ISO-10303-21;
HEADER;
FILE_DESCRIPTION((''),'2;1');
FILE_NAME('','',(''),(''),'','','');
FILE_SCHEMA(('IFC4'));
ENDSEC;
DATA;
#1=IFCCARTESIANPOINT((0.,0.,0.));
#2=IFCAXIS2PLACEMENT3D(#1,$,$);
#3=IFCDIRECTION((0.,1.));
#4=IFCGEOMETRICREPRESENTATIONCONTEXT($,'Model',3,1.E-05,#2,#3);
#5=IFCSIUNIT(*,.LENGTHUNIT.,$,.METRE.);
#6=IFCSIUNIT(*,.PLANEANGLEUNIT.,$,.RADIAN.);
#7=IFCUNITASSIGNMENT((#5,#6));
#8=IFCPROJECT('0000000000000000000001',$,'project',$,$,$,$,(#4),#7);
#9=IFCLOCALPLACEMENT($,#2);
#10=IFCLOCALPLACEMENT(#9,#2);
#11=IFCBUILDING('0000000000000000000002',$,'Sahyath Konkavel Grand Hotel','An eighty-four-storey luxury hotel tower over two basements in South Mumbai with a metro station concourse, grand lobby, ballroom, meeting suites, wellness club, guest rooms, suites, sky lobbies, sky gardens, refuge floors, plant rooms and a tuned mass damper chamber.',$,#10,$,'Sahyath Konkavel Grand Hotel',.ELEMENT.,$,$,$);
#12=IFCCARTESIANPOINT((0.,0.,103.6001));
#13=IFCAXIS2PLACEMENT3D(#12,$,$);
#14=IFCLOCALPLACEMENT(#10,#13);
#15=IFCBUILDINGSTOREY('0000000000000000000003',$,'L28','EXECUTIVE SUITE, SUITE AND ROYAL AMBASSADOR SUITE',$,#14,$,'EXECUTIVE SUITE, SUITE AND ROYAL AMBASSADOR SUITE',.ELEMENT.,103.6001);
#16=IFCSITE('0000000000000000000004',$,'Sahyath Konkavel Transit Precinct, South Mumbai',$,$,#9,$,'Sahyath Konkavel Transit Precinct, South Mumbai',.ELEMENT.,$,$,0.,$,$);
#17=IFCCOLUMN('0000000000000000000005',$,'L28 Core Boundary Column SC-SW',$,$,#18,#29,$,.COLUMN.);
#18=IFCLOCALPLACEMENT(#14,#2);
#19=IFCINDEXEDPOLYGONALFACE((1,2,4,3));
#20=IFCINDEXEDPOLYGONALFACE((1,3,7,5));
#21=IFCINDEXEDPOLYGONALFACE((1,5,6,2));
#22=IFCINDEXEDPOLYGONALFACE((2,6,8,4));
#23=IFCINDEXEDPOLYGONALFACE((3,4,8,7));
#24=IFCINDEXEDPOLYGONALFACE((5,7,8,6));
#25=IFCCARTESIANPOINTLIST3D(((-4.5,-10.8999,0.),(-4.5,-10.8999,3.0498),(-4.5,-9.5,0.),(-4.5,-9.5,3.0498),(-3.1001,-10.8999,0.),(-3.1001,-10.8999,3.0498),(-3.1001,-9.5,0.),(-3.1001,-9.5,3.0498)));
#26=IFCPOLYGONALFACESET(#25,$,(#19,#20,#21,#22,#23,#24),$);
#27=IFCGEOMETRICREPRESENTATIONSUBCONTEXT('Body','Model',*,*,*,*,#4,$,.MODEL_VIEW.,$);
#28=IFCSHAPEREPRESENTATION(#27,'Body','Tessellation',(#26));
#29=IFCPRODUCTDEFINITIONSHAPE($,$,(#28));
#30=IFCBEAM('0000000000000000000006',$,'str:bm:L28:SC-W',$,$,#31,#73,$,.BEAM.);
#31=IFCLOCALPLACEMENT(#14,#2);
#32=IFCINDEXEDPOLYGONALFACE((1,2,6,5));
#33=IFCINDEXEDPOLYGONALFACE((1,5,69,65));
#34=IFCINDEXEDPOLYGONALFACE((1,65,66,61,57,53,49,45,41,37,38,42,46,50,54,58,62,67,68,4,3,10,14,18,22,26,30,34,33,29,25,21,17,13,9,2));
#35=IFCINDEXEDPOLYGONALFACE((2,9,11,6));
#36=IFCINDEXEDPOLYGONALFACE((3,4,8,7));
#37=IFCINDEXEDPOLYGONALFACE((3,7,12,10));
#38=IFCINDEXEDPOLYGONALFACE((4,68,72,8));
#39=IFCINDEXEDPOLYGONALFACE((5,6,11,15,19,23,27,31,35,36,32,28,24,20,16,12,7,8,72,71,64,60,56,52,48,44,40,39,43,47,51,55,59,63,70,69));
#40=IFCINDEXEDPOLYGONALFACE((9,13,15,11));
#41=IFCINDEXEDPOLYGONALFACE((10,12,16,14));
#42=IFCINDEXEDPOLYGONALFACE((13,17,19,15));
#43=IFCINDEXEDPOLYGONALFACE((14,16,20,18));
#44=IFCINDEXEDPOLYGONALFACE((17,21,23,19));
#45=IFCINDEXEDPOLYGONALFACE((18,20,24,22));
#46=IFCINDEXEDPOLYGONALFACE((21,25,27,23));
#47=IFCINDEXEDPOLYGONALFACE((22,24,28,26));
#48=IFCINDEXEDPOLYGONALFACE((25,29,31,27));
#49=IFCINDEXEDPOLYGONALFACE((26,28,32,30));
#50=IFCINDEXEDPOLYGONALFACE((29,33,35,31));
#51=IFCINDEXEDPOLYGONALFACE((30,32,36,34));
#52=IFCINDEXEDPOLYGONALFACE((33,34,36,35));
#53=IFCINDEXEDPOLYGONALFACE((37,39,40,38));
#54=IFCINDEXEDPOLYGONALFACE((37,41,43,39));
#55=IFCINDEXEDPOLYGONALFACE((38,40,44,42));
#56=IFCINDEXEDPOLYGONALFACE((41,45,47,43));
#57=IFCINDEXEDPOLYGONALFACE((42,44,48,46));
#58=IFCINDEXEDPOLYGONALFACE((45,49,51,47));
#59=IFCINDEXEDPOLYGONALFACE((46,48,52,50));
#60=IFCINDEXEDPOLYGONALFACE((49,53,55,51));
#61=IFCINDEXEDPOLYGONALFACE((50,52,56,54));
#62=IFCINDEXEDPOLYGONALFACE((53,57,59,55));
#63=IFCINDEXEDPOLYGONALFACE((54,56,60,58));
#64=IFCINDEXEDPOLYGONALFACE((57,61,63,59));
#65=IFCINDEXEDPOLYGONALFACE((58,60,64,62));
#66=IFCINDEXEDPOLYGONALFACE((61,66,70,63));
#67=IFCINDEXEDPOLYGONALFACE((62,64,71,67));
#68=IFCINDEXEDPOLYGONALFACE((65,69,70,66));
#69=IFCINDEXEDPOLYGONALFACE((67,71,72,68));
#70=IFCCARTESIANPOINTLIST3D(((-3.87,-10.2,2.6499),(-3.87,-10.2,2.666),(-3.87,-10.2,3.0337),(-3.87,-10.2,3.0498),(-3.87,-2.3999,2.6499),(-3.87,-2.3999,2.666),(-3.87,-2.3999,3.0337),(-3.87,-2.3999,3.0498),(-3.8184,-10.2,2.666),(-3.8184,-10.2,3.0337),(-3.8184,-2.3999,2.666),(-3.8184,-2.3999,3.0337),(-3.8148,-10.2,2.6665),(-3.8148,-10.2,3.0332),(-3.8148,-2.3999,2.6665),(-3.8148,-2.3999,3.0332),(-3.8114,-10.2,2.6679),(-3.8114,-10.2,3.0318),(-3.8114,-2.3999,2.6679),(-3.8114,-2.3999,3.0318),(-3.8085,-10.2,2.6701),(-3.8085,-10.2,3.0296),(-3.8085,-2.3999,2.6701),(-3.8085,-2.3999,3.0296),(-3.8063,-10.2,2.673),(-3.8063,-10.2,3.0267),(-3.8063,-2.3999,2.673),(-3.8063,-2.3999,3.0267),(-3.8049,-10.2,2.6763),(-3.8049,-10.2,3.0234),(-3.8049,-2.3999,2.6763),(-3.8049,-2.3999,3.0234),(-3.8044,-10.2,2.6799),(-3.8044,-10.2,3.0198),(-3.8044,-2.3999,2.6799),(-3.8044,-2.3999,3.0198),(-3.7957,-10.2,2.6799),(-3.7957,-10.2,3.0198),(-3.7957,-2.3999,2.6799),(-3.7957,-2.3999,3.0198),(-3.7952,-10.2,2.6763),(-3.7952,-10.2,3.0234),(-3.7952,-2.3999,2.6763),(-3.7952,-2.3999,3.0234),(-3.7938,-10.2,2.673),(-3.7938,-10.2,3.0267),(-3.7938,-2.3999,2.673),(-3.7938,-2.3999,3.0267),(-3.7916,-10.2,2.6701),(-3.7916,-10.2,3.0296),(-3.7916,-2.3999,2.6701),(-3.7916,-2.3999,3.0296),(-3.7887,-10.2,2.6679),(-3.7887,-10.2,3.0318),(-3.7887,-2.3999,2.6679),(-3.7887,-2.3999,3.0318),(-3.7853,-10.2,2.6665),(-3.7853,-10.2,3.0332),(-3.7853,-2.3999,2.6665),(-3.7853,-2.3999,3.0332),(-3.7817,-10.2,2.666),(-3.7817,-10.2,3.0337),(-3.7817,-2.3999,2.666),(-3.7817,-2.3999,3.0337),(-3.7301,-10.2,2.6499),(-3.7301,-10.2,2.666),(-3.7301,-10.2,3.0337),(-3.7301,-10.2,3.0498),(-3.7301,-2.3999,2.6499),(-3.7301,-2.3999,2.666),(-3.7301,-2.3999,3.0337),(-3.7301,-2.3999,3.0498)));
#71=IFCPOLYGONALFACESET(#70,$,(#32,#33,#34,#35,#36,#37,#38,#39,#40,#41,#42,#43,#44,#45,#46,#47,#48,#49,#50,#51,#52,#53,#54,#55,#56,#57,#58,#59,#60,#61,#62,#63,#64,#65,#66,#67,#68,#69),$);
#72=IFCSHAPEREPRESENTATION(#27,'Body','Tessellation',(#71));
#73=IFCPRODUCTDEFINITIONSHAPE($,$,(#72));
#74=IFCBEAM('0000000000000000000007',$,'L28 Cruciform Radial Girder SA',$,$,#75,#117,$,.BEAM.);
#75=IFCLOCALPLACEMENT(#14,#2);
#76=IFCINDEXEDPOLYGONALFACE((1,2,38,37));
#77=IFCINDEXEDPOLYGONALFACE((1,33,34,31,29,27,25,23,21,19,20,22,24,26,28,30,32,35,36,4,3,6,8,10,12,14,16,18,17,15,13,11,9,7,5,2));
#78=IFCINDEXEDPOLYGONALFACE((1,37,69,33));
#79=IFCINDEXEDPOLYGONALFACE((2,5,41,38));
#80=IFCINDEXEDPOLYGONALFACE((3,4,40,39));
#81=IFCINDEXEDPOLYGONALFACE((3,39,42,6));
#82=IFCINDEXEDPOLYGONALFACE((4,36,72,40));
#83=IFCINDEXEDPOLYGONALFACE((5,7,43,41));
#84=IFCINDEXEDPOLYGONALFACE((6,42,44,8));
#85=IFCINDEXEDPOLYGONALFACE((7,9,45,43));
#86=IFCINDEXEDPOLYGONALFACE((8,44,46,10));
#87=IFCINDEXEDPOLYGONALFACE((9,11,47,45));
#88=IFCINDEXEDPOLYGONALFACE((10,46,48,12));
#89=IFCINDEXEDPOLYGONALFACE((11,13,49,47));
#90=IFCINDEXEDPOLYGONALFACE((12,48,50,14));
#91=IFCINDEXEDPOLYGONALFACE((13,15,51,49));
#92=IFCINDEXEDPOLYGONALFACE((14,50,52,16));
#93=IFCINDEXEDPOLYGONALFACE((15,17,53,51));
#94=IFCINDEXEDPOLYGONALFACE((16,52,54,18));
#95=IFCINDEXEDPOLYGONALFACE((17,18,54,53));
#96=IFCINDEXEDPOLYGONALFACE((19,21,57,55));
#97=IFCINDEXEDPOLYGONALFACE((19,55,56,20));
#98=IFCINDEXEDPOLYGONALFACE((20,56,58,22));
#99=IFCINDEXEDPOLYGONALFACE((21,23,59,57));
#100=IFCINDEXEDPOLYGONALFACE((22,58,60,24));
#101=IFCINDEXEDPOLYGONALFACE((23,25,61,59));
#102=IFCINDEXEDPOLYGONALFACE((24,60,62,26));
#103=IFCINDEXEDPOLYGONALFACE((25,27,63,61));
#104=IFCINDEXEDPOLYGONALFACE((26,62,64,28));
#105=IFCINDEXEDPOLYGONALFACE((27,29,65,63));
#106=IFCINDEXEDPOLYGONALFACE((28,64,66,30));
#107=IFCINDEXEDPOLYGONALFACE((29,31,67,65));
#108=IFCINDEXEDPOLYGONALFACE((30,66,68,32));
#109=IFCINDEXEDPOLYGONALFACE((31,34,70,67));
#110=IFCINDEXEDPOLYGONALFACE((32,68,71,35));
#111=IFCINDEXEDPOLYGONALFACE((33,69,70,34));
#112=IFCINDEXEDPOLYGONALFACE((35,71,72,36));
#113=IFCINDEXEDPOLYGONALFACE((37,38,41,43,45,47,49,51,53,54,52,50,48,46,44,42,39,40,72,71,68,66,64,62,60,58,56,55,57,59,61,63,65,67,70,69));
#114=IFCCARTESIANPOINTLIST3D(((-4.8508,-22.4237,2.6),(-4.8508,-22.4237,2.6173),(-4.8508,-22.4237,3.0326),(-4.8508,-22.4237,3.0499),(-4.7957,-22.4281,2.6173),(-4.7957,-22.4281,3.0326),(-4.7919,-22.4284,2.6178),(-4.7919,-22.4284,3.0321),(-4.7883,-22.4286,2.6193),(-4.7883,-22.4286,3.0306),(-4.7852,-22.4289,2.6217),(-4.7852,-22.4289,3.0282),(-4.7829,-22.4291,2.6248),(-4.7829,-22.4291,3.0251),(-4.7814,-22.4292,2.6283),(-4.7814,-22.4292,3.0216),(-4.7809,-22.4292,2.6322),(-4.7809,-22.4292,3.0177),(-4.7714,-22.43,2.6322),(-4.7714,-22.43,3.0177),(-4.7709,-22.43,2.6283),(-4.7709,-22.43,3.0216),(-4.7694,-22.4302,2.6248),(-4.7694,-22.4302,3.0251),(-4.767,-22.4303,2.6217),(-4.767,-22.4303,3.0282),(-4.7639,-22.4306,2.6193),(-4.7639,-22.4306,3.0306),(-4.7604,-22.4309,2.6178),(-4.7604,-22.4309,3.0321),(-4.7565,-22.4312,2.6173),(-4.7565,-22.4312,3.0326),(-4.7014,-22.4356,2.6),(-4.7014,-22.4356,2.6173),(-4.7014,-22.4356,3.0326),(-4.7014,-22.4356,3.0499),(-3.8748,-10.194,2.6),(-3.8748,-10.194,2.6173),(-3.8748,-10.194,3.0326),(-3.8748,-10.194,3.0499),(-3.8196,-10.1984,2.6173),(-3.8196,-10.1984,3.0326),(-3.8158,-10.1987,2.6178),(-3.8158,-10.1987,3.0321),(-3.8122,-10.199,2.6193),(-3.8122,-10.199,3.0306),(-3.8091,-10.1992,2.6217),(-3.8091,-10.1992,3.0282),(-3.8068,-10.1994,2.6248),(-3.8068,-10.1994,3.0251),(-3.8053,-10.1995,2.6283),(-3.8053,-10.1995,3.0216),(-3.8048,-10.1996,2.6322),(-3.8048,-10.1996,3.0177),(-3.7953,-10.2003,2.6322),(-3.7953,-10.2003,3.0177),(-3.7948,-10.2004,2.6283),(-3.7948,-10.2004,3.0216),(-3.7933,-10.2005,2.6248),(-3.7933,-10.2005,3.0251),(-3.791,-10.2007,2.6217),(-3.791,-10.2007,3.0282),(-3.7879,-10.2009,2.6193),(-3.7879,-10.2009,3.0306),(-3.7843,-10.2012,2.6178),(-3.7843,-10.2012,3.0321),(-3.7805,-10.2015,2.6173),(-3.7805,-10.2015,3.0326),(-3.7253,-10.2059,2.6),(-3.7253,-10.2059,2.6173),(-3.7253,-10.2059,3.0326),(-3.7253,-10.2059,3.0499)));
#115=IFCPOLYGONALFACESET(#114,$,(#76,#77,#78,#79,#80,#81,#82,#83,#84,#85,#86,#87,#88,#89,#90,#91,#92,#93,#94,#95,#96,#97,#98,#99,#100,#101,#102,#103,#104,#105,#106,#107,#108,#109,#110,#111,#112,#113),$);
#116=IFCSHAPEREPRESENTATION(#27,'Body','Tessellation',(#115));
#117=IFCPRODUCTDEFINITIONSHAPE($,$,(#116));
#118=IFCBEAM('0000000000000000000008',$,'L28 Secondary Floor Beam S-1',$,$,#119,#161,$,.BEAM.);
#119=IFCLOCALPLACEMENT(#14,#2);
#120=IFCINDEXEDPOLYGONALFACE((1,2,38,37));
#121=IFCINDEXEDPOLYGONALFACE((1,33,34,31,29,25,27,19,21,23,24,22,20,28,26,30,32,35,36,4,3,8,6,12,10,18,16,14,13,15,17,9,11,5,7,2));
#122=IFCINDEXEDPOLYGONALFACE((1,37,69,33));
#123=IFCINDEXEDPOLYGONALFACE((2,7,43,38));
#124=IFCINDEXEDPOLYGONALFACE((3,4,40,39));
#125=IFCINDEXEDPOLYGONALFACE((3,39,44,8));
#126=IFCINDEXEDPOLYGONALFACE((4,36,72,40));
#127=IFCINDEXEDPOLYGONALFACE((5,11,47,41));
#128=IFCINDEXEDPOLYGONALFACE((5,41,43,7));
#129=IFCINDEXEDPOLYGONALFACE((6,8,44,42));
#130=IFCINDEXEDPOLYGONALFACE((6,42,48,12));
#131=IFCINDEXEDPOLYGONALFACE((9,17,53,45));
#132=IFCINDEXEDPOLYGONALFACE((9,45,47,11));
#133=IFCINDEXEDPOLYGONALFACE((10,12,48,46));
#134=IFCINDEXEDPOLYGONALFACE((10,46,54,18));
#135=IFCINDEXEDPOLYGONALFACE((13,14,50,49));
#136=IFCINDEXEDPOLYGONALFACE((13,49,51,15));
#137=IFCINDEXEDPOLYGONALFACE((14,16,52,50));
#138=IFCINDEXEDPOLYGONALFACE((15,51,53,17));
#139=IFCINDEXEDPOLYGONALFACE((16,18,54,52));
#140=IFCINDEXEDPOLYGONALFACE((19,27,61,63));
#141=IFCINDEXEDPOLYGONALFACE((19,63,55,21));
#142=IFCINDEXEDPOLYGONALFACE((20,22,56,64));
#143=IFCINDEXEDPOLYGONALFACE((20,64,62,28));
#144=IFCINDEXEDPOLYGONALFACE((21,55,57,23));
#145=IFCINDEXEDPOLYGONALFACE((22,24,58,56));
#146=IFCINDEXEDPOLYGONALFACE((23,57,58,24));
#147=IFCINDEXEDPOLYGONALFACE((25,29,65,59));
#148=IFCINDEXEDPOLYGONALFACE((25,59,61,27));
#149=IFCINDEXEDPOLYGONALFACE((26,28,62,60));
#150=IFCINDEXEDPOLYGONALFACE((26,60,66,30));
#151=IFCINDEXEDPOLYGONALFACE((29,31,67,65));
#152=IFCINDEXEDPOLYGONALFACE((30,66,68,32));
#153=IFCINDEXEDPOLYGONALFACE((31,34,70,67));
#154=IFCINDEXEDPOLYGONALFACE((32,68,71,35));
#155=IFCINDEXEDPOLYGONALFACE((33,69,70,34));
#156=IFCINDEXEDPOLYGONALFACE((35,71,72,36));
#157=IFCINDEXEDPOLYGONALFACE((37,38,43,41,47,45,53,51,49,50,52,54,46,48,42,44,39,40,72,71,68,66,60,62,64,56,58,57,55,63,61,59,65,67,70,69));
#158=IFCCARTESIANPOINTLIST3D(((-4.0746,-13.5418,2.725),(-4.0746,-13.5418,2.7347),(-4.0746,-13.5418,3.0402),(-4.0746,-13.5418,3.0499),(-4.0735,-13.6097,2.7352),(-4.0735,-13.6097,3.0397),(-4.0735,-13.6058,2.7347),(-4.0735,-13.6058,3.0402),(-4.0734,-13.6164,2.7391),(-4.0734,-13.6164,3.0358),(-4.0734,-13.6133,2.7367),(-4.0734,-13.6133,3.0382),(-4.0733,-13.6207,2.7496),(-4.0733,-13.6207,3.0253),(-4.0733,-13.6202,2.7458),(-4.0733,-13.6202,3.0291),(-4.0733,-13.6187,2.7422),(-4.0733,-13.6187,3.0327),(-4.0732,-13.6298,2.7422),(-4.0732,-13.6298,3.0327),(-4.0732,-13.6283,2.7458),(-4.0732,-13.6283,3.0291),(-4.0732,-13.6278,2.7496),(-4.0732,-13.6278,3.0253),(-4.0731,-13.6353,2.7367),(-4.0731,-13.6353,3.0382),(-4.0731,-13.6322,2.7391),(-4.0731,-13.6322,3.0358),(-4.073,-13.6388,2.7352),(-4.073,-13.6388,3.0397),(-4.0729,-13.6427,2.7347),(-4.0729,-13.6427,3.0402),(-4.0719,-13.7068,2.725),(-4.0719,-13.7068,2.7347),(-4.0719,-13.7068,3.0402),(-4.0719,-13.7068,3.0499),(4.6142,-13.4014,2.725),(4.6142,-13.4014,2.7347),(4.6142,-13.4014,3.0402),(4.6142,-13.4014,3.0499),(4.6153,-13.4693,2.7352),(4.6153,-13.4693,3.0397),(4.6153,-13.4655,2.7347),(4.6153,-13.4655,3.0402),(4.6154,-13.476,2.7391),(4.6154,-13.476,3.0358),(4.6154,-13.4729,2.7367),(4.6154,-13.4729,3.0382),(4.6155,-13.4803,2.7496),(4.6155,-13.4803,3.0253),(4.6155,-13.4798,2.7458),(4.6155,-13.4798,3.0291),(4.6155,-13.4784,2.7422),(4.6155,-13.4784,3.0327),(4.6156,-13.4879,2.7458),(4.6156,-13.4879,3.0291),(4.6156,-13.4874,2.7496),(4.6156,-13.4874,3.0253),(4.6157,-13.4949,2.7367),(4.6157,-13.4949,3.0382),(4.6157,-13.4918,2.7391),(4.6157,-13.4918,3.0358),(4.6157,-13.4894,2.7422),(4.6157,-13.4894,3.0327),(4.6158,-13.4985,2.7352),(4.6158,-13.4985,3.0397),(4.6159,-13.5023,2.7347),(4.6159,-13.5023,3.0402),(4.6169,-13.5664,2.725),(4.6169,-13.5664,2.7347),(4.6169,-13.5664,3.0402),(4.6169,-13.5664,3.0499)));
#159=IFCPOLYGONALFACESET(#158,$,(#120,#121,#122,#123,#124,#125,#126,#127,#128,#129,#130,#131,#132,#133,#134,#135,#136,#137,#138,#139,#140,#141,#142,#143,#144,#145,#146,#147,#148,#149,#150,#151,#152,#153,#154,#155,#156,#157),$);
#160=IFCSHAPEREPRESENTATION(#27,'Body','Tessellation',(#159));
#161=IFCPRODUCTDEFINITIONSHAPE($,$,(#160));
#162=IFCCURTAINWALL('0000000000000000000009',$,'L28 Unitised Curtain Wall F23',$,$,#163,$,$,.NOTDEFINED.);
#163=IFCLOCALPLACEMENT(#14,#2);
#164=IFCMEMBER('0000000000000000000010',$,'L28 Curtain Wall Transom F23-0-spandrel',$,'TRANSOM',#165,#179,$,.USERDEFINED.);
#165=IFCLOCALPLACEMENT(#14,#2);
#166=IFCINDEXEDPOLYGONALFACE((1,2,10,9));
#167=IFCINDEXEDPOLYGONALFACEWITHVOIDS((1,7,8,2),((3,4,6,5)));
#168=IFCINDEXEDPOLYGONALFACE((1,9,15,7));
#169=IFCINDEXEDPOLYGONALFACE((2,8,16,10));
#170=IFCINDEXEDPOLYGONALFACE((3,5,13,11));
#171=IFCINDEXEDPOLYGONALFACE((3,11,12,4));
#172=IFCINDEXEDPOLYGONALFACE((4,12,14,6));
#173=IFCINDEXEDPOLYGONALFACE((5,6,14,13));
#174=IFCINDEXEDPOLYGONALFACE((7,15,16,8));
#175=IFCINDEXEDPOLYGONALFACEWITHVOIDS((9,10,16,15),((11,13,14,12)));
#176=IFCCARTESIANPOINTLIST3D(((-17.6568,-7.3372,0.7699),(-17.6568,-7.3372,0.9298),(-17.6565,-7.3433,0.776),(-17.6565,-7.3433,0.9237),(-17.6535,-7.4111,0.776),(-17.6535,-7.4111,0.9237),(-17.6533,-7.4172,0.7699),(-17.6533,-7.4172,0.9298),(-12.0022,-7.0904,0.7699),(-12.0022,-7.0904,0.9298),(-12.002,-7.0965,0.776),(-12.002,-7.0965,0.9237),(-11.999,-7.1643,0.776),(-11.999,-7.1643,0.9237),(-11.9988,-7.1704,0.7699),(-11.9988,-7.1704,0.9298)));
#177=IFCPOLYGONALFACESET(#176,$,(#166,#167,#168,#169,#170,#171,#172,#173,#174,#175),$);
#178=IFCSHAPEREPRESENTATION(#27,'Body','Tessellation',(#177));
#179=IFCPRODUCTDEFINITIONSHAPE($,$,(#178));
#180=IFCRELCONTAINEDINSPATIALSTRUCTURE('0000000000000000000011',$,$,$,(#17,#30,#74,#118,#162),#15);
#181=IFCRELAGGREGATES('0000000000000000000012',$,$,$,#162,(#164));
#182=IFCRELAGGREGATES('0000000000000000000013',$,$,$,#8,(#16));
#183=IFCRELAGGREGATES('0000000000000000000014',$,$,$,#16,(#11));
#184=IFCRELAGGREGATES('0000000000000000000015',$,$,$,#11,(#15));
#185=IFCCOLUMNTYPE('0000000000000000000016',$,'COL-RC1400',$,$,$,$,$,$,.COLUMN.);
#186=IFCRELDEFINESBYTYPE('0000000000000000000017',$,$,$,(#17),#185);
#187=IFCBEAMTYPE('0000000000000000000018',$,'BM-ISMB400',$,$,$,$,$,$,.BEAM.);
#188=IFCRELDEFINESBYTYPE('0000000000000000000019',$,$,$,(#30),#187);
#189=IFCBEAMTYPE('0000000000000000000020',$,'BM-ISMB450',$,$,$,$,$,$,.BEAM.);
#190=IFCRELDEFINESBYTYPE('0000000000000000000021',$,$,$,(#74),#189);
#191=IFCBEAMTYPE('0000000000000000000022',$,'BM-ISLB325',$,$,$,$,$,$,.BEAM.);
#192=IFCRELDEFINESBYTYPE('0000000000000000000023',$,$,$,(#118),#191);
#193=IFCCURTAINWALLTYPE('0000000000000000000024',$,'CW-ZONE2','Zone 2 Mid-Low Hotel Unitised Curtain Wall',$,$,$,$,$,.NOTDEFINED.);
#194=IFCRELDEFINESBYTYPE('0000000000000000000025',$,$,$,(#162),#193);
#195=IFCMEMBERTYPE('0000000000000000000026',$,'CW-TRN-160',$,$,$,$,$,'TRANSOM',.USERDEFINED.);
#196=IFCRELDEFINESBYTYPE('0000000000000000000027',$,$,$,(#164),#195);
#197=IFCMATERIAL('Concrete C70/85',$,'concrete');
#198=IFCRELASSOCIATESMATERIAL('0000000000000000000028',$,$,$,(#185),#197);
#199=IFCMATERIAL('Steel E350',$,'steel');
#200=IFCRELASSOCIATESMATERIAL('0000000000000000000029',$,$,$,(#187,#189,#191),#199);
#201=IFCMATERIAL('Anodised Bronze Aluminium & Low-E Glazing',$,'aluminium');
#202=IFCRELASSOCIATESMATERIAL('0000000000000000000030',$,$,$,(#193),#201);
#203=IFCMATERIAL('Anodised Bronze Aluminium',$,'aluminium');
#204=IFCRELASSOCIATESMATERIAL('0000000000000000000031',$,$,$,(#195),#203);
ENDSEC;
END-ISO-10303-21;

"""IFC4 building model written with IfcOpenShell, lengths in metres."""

from ifc_helpers import new_model, si_unit, direction, frame, origin, origin_2d, place, context, subcontext, project, spatial, rectangle, hollow_rectangle, i_section, extrude, source, transform, mapped, material, material_profile, profile_set, type_object, element, aggregate, save


model = new_model("IFC4")

# Units and contexts
model_context = context("Model", 3, precision=1e-05, world=origin(), true_north=direction((0.0, 1.0)))
body_context = subcontext(model_context, "Body", "Model", "MODEL_VIEW")
ifc_project = project(units=[si_unit("LENGTHUNIT", "METRE"), si_unit("PLANEANGLEUNIT", "RADIAN")], contexts=[model_context])

# Site, building, storey
site_placement = place(None, origin())
site = spatial("IfcSite", under=ifc_project, at=site_placement, Name="Sahyath Konkavel Transit Precinct, South Mumbai", LongName="Sahyath Konkavel Transit Precinct, South Mumbai", CompositionType="ELEMENT", RefElevation=0.0)
building_placement = place(site_placement, origin())
building = spatial("IfcBuilding", under=site, at=building_placement, Name="Sahyath Konkavel Grand Hotel", Description="An eighty-four-storey luxury hotel tower over two basements in South Mumbai with a metro station concourse, grand lobby, ballroom, meeting suites, wellness club, guest rooms, suites, sky lobbies, sky gardens, refuge floors, plant rooms and a tuned mass damper chamber.", LongName="Sahyath Konkavel Grand Hotel", CompositionType="ELEMENT")
storey_placement = place(building_placement, frame((0.0, 0.0, 103.6001)))
storey = spatial("IfcBuildingStorey", under=building, at=storey_placement, Name="L28", Description="EXECUTIVE SUITE, SUITE AND ROYAL AMBASSADOR SUITE", LongName="EXECUTIVE SUITE, SUITE AND ROYAL AMBASSADOR SUITE", CompositionType="ELEMENT", Elevation=103.6001)

# Column
ifc_material_1 = material(Name="Concrete C70/85", Category="concrete")
ifc_material_profile_1 = material_profile(ifc_material_1, rectangle(XDim=1.3999, YDim=1.3999, at=origin_2d()), Name="RC 1400x1400")
ifc_profile_set_1 = profile_set([ifc_material_profile_1], Name="Concrete C70/85")
column_type = type_object("IfcColumnType", Name="COL-RC1400", PredefinedType="COLUMN", material=ifc_profile_set_1)
shared_shape_1 = source(origin(), body_context, "Body", "SweptSolid", [
    extrude(rectangle(XDim=1.3999, YDim=1.3999, at=origin_2d()), origin(), (0.0, 0.0, 1.0), 3.0498),
])
column_placement = place(storey_placement, frame((-3.8, -10.2, 0.0), z_axis=(0.0, 0.0, 1.0), x_axis=(1.0, 0.0, 0.0)))
element("IfcColumn", 1, at=column_placement, inside=storey, type_object=column_type, Name="L28 Core Boundary Column SC-SW", PredefinedType="COLUMN", context=body_context, shape_type="MappedRepresentation", body=[
    mapped(shared_shape_1, transform((0.0, 0.0, 0.0), scale=1.0)),
])

# Beams
ifc_material_2 = material(Name="Steel E350", Category="steel")
ifc_material_profile_2 = material_profile(ifc_material_2, i_section(OverallWidth=0.1399, OverallDepth=0.3999, WebThickness=0.0088, FlangeThickness=0.0161, FilletRadius=0.0139, at=origin_2d()), Name="ISMB 400")
ifc_profile_set_2 = profile_set([ifc_material_profile_2], Name="Steel E350")
beam_type_1 = type_object("IfcBeamType", Name="BM-ISMB400", PredefinedType="BEAM", material=ifc_profile_set_2)
shared_shape_2 = source(origin(), body_context, "Body", "SweptSolid", [
    extrude(i_section(OverallWidth=0.1399, OverallDepth=0.3999, WebThickness=0.0088, FlangeThickness=0.0161, FilletRadius=0.0139, at=origin_2d()), origin(), (0.0, 0.0, 1.0), 7.8),
])
beam_1_placement = place(storey_placement, frame((-3.8, -10.2, 2.8499), z_axis=(0.0, 1.0, 0.0), x_axis=(-1.0, 0.0, 0.0)))
element("IfcBeam", 2, at=beam_1_placement, inside=storey, type_object=beam_type_1, Name="str:bm:L28:SC-W", PredefinedType="BEAM", context=body_context, shape_type="MappedRepresentation", body=[
    mapped(shared_shape_2, transform((0.0, 0.0, 0.0), scale=1.0)),
])
ifc_material_profile_3 = material_profile(ifc_material_2, i_section(OverallWidth=0.1499, OverallDepth=0.45, WebThickness=0.0095, FlangeThickness=0.0173, FilletRadius=0.0149, at=origin_2d()), Name="ISMB 450")
ifc_profile_set_3 = profile_set([ifc_material_profile_3], Name="Steel E350")
beam_type_2 = type_object("IfcBeamType", Name="BM-ISMB450", PredefinedType="BEAM", material=ifc_profile_set_3)
shared_shape_3 = source(origin(), body_context, "Body", "SweptSolid", [
    extrude(i_section(OverallWidth=0.1499, OverallDepth=0.45, WebThickness=0.0095, FlangeThickness=0.0173, FilletRadius=0.0149, at=origin_2d()), origin(), (0.0, 0.0, 1.0), 12.2686),
])
beam_2_placement = place(storey_placement, frame((-3.8, -10.2, 2.825), z_axis=(-0.079559, -0.99683, 0.0), x_axis=(0.99683, -0.079559, 0.0)))
element("IfcBeam", 3, at=beam_2_placement, inside=storey, type_object=beam_type_2, Name="L28 Cruciform Radial Girder SA", PredefinedType="BEAM", context=body_context, shape_type="MappedRepresentation", body=[
    mapped(shared_shape_3, transform((0.0, 0.0, 0.0), scale=1.0)),
])
ifc_material_profile_4 = material_profile(ifc_material_2, i_section(OverallWidth=0.165, OverallDepth=0.325, WebThickness=0.0071, FlangeThickness=0.0098, FilletRadius=0.0149, at=origin_2d()), Name="ISLB 325")
ifc_profile_set_4 = profile_set([ifc_material_profile_4], Name="Steel E350")
beam_type_3 = type_object("IfcBeamType", Name="BM-ISLB325", PredefinedType="BEAM", material=ifc_profile_set_4)
shared_shape_4 = source(origin(), body_context, "Body", "SweptSolid", [
    extrude(i_section(OverallWidth=0.165, OverallDepth=0.325, WebThickness=0.0071, FlangeThickness=0.0098, FilletRadius=0.0149, at=origin_2d()), origin(), (0.0, 0.0, 1.0), 8.6899),
])
beam_3_placement = place(storey_placement, frame((-4.0732, -13.6243, 2.8875), z_axis=(0.99987, 0.016155, 0.0), x_axis=(-0.016155, 0.99987, 0.0)))
element("IfcBeam", 4, at=beam_3_placement, inside=storey, type_object=beam_type_3, Name="L28 Secondary Floor Beam S-1", PredefinedType="BEAM", context=body_context, shape_type="MappedRepresentation", body=[
    mapped(shared_shape_4, transform((0.0, 0.0, 0.0), scale=1.0)),
])

# Curtain wall, member
ifc_material_3 = material(Name="Anodised Bronze Aluminium & Low-E Glazing", Category="aluminium")
curtain_wall_type = type_object("IfcCurtainWallType", Name="CW-ZONE2", Description="Zone 2 Mid-Low Hotel Unitised Curtain Wall", PredefinedType="NOTDEFINED", material=ifc_material_3)
curtain_wall_1_placement = place(storey_placement, origin())
curtain_wall_1 = element("IfcCurtainWall", 5, at=curtain_wall_1_placement, inside=storey, type_object=curtain_wall_type, Name="L28 Unitised Curtain Wall F23", PredefinedType="NOTDEFINED")
ifc_material_4 = material(Name="Anodised Bronze Aluminium", Category="aluminium")
ifc_material_profile_5 = material_profile(ifc_material_4, hollow_rectangle(XDim=0.0801, YDim=0.1599, WallThickness=0.0061, at=origin_2d()), Name="RHS 160x80x6")
ifc_profile_set_5 = profile_set([ifc_material_profile_5], Name="Anodised Bronze Aluminium")
member_type_1 = type_object("IfcMemberType", Name="CW-TRN-160", ElementType="TRANSOM", PredefinedType="USERDEFINED", material=ifc_profile_set_5)
shared_shape_5 = source(origin(), body_context, "Body", "SweptSolid", [
    extrude(hollow_rectangle(XDim=0.0801, YDim=0.1599, WallThickness=0.0061, at=origin_2d()), origin(), (0.0, 0.0, 1.0), 5.6599),
])
member_1_placement = place(storey_placement, frame((-17.655, -7.3772, 0.8499), z_axis=(0.999049, 0.043609, 0.0), x_axis=(-0.043609, 0.999049, 0.0)))
member_1 = element("IfcMember", 6, at=member_1_placement, type_object=member_type_1, Name="L28 Curtain Wall Transom F23-0-spandrel", ObjectType="TRANSOM", PredefinedType="USERDEFINED", context=body_context, shape_type="MappedRepresentation", body=[
    mapped(shared_shape_5, transform((0.0, 0.0, 0.0), scale=1.0)),
])

aggregate(curtain_wall_1, [member_1])

save(model, "model.ifc")
